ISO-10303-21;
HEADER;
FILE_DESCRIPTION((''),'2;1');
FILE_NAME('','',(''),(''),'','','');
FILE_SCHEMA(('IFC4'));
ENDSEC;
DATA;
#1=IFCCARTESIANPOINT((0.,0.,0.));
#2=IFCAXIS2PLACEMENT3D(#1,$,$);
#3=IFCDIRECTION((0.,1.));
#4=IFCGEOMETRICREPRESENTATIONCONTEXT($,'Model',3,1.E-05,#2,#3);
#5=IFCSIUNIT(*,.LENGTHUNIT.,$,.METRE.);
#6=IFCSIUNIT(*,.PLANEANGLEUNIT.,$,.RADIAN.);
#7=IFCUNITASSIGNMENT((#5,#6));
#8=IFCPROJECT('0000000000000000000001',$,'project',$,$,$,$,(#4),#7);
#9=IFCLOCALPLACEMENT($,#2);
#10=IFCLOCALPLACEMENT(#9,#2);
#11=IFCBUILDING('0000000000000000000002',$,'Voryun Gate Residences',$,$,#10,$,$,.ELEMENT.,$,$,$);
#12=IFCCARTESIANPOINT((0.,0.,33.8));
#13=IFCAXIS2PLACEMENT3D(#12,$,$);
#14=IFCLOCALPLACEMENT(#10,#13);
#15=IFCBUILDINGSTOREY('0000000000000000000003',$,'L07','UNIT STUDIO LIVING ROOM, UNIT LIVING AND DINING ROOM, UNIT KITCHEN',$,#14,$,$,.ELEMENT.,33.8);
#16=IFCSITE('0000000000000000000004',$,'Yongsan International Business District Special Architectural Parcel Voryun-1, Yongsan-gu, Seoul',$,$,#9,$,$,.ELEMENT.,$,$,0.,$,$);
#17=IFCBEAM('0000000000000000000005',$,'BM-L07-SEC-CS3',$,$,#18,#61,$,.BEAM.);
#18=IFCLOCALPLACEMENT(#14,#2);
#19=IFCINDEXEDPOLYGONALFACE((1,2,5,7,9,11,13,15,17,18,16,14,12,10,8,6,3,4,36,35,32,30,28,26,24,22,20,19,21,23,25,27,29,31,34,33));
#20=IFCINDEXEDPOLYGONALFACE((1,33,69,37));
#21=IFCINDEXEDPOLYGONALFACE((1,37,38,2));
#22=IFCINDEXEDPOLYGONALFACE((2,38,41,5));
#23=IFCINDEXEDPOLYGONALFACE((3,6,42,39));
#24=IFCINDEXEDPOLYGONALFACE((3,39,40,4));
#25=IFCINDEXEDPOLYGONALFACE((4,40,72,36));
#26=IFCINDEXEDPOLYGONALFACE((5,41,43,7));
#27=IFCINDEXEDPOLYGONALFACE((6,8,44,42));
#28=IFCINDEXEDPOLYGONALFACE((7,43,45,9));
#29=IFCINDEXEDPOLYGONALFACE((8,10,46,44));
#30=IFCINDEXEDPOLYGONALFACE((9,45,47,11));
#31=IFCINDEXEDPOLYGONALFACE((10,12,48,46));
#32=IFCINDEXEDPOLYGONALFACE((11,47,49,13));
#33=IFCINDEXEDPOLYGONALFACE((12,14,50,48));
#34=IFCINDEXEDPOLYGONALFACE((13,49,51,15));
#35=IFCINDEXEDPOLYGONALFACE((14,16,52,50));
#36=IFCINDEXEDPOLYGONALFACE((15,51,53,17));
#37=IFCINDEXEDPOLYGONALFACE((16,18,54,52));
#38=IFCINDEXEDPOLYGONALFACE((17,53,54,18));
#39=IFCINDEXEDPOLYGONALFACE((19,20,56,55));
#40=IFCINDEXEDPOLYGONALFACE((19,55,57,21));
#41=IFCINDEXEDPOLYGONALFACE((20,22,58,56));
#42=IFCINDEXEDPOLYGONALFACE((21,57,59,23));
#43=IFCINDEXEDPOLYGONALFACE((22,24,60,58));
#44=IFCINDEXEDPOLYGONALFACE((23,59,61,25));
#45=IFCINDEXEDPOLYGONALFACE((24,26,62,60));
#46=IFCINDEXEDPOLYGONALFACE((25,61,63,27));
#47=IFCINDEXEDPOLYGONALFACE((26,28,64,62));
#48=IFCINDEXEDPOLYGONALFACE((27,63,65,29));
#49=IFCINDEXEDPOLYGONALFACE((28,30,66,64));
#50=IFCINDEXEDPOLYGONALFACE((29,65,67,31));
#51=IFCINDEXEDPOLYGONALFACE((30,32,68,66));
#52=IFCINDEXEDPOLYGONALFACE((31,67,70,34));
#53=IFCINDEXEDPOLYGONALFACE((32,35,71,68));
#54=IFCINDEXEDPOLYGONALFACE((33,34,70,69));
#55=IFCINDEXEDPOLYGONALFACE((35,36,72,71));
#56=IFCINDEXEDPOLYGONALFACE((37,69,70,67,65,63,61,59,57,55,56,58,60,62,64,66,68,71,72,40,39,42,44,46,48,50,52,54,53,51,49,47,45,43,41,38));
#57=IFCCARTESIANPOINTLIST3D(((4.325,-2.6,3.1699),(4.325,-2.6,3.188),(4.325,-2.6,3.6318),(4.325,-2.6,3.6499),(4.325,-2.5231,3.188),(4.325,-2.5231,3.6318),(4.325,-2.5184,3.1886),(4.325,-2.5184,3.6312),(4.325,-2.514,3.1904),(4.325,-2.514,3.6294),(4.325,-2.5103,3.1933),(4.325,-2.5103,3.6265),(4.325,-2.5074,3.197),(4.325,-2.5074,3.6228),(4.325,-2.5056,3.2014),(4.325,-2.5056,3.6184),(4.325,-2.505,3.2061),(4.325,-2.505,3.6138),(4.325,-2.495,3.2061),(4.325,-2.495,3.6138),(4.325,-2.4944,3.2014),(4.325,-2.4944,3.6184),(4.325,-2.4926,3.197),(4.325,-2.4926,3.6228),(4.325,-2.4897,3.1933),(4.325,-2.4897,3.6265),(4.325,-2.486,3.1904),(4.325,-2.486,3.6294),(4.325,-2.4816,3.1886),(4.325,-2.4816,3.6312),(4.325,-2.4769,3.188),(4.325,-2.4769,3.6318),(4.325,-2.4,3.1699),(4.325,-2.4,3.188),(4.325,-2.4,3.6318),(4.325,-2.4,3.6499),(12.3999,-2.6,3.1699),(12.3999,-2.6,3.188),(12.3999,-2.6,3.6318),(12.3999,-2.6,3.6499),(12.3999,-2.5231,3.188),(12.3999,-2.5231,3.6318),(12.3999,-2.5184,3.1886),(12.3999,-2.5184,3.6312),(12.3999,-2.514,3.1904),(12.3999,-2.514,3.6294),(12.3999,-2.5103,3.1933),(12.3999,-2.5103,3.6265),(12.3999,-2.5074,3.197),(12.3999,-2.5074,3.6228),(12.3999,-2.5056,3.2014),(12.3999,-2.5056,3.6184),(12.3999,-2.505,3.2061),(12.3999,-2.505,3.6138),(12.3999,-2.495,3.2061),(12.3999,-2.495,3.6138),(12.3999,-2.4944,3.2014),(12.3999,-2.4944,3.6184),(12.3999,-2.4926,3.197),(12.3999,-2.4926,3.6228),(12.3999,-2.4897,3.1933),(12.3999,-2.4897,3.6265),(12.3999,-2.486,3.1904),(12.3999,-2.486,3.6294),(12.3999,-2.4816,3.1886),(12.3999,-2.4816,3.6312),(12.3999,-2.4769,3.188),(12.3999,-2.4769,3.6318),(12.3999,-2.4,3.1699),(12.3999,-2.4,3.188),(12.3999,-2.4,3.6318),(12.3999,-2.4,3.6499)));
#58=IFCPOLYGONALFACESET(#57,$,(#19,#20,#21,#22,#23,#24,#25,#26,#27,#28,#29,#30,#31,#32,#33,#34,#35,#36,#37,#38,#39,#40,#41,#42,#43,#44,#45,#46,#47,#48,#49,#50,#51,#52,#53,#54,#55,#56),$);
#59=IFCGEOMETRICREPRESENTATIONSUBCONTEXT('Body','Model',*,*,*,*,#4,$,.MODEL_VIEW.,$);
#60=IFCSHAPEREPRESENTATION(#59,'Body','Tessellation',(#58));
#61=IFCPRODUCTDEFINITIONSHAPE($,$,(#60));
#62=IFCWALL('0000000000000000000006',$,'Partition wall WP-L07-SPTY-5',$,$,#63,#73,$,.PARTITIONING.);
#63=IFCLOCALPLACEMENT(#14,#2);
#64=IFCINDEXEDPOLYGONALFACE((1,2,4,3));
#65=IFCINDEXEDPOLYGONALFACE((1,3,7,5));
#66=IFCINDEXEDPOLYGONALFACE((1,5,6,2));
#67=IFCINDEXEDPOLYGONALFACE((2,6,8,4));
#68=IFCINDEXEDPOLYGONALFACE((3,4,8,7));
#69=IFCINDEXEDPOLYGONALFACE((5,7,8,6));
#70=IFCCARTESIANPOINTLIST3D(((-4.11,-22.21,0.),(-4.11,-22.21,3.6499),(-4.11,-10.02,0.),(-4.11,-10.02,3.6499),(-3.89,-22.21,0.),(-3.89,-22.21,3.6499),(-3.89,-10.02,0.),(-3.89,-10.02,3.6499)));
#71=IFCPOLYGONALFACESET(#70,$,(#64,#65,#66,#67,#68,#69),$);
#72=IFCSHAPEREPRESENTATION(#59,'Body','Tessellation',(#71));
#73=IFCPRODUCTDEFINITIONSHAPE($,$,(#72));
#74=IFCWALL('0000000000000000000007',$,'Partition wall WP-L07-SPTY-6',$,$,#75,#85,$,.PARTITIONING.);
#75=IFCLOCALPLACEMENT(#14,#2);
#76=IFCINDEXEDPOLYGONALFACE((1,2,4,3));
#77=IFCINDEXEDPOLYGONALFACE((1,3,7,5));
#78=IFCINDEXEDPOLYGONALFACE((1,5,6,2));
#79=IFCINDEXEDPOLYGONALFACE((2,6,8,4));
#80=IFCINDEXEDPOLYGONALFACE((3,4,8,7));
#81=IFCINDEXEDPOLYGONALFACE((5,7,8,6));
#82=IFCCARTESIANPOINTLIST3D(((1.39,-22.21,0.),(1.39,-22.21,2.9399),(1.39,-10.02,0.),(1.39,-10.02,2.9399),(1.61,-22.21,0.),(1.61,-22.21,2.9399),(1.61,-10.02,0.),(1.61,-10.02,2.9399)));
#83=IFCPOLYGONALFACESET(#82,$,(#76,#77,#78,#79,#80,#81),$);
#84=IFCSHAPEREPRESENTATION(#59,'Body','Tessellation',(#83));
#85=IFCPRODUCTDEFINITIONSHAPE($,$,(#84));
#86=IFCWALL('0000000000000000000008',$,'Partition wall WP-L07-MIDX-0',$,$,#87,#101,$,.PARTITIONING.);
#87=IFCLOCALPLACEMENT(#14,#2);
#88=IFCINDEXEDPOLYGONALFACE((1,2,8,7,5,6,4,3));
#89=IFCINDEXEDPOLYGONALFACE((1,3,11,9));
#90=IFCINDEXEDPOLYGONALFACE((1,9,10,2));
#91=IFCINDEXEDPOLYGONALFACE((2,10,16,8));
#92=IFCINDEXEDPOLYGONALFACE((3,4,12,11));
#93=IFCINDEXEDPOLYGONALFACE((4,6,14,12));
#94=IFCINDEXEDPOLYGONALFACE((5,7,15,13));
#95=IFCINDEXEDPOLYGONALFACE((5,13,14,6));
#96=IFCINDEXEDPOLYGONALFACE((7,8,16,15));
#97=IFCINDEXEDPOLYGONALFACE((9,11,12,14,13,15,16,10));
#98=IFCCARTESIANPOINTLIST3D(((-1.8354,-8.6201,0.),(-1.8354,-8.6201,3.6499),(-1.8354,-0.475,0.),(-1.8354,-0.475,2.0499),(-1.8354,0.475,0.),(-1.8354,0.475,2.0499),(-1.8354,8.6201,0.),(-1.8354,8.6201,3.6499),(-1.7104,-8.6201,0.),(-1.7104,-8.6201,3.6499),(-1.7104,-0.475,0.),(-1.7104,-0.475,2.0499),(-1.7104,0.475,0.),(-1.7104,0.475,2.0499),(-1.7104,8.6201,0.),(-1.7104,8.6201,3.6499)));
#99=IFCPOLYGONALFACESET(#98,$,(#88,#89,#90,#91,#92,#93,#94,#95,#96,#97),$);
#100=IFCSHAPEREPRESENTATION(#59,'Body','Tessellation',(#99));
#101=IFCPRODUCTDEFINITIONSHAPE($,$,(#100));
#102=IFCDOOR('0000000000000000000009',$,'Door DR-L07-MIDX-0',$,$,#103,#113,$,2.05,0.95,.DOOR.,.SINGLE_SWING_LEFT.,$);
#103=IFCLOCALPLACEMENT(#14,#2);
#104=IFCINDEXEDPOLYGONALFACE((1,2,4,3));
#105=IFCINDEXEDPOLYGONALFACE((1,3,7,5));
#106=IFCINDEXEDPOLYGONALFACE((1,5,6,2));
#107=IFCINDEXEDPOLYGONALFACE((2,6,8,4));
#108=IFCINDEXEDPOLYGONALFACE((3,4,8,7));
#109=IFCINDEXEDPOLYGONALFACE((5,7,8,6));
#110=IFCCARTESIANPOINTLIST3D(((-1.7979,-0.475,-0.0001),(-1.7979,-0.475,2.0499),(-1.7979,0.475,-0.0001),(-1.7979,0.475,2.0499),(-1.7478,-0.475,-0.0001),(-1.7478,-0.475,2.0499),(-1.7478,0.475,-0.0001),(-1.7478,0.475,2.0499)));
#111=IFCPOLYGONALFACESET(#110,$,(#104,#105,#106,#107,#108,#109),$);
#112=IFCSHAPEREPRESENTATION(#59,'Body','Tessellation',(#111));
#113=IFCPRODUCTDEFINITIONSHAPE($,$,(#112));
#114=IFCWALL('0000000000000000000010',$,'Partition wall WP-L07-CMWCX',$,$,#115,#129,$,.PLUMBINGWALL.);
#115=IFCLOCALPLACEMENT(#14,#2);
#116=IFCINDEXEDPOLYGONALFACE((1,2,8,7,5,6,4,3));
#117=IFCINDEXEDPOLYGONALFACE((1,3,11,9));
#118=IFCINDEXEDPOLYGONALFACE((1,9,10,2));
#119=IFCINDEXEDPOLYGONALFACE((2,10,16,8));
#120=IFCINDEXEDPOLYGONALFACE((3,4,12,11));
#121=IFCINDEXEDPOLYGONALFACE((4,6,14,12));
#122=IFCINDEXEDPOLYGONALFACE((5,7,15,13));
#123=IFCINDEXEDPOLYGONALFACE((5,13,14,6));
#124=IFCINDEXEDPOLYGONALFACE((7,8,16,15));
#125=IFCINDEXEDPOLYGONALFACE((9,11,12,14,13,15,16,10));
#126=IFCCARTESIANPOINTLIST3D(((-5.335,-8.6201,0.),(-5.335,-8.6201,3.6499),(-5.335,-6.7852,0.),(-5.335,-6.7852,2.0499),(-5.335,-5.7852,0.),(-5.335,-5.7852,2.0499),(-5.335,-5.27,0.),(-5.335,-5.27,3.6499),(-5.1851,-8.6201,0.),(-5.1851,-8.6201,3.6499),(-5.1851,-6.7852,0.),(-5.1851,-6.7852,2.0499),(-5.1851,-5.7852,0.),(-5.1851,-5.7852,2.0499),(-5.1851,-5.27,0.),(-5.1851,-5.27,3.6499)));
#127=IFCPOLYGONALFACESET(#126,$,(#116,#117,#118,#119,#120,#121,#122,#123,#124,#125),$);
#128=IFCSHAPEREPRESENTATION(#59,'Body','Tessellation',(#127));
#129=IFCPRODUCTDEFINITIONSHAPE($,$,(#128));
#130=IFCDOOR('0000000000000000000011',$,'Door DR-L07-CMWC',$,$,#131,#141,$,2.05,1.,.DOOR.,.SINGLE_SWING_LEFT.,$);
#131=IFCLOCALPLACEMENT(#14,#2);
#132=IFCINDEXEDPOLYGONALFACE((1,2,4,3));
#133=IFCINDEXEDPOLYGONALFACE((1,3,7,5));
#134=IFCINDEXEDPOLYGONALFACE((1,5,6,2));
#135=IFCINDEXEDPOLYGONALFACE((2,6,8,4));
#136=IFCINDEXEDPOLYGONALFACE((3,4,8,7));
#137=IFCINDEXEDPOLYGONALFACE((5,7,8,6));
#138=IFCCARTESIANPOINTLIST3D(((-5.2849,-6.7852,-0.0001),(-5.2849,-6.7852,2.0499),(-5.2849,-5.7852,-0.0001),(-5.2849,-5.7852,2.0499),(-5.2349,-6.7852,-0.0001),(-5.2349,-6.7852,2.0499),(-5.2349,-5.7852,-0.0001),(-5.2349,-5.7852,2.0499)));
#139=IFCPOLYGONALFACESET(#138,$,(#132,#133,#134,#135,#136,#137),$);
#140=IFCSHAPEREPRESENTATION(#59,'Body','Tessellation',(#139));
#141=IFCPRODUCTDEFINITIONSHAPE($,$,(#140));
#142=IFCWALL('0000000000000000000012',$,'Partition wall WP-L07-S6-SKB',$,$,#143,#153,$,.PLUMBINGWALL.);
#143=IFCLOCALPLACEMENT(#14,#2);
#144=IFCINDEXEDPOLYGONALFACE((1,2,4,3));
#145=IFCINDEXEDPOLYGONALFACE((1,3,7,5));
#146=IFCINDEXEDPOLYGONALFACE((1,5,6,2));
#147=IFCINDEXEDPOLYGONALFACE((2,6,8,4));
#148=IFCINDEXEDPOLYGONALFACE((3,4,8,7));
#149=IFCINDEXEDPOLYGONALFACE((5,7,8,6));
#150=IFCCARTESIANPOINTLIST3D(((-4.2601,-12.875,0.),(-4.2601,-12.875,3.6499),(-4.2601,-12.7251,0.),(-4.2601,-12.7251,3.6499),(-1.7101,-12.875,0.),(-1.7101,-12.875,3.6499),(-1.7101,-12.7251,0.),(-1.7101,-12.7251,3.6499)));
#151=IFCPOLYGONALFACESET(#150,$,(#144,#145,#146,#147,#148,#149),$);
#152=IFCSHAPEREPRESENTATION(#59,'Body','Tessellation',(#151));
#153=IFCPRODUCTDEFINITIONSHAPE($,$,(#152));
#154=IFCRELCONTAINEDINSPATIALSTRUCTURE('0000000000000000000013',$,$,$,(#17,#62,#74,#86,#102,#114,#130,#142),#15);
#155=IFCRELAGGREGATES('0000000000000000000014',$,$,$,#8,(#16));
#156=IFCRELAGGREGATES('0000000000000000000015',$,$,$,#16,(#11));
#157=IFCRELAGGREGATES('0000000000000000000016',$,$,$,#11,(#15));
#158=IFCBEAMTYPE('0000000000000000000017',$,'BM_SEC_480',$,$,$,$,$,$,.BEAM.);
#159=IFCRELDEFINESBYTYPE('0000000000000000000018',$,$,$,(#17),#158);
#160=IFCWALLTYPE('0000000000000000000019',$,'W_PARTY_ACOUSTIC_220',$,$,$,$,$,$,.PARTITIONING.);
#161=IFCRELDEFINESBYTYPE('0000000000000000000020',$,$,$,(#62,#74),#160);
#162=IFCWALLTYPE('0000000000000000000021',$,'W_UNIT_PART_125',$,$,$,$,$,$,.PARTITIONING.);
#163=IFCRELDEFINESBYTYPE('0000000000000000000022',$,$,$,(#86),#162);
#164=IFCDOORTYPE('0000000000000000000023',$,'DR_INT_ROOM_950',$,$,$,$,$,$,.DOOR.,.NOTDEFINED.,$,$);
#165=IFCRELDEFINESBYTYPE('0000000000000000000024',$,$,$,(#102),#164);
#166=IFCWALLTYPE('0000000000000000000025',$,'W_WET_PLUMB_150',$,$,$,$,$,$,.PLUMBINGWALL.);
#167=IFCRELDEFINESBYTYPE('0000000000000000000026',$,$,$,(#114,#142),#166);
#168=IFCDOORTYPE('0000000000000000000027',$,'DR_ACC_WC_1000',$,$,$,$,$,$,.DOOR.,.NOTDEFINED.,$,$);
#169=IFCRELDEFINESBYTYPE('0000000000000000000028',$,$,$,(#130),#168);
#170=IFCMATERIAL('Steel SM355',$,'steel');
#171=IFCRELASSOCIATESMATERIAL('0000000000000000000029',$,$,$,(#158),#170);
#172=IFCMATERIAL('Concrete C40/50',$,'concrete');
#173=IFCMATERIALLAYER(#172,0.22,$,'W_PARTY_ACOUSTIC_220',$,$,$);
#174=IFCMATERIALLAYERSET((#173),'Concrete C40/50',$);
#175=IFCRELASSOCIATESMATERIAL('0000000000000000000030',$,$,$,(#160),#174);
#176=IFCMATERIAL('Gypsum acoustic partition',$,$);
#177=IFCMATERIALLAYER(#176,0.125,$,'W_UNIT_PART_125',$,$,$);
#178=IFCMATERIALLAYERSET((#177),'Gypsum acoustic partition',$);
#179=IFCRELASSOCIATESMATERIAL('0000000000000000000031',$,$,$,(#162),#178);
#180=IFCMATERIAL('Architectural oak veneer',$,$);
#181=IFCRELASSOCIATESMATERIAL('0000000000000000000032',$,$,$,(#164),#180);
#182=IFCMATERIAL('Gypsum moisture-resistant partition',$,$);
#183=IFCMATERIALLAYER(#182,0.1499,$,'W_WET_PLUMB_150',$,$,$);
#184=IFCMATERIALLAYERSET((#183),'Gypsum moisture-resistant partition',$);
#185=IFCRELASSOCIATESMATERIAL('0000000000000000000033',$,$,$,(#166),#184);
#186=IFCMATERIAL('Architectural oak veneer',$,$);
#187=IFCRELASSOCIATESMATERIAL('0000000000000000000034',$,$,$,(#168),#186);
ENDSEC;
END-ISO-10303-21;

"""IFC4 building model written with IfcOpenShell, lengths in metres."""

from ifc_helpers import new_model, si_unit, direction, frame, frame_2d, origin, origin_2d, place, context, subcontext, project, spatial, rectangle, i_section, extrude, material, layer, layer_set, material_profile, profile_set, type_object, element, fill, save


model = new_model("IFC4")

# Units and contexts
model_context = context("Model", 3, precision=1e-05, world=origin(), true_north=direction((0.0, 1.0)))
body_context = subcontext(model_context, "Body", "Model", "MODEL_VIEW")
ifc_project = project(units=[si_unit("LENGTHUNIT", "METRE"), si_unit("PLANEANGLEUNIT", "RADIAN")], contexts=[model_context])

# Site, building, storey
site_placement = place(None, origin())
site = spatial("IfcSite", under=ifc_project, at=site_placement, Name="Yongsan International Business District Special Architectural Parcel Voryun-1, Yongsan-gu, Seoul", CompositionType="ELEMENT", RefElevation=0.0)
building_placement = place(site_placement, origin())
building = spatial("IfcBuilding", under=site, at=building_placement, Name="Voryun Gate Residences", CompositionType="ELEMENT")
storey_placement = place(building_placement, frame((0.0, 0.0, 33.8)))
storey = spatial("IfcBuildingStorey", under=building, at=storey_placement, Name="L07", Description="UNIT STUDIO LIVING ROOM, UNIT LIVING AND DINING ROOM, UNIT KITCHEN", CompositionType="ELEMENT", Elevation=33.8)

# Beam
ifc_material_1 = material(Name="Steel SM355", Category="steel")
ifc_material_profile_1 = material_profile(ifc_material_1, i_section(OverallWidth=0.2, OverallDepth=0.48, WebThickness=0.01, FlangeThickness=0.0181, FilletRadius=0.0181, at=origin_2d()), Name="H-480x200x10x18")
ifc_profile_set_1 = profile_set([ifc_material_profile_1], Name="Steel SM355")
beam_type_1 = type_object("IfcBeamType", Name="BM_SEC_480", PredefinedType="BEAM", material=ifc_profile_set_1)
beam_1_placement = place(storey_placement, frame((4.325, -2.5, 3.4099), z_axis=(1.0, 0.0, 0.0), x_axis=(0.0, 1.0, 0.0)))
element("IfcBeam", 1, at=beam_1_placement, inside=storey, type_object=beam_type_1, Name="BM-L07-SEC-CS3", PredefinedType="BEAM", context=body_context, shape_type="SweptSolid", body=[
    extrude(i_section(OverallWidth=0.2, OverallDepth=0.48, WebThickness=0.01, FlangeThickness=0.0181, FilletRadius=0.0181, at=origin_2d()), origin(), (0.0, 0.0, 1.0), 8.075),
])

# Walls
ifc_material_2 = material(Name="Concrete C40/50", Category="concrete")
ifc_layer_1 = layer(ifc_material_2, 0.22, Name="W_PARTY_ACOUSTIC_220")
ifc_layer_set_1 = layer_set([ifc_layer_1], Name="Concrete C40/50")
wall_type_1 = type_object("IfcWallType", Name="W_PARTY_ACOUSTIC_220", PredefinedType="PARTITIONING", material=ifc_layer_set_1)
wall_1_placement = place(storey_placement, frame((-4.0, -22.21, 0.0), z_axis=(0.0, 0.0, 1.0), x_axis=(0.0, 1.0, 0.0)))
element("IfcWall", 2, at=wall_1_placement, inside=storey, type_object=wall_type_1, Name="Partition wall WP-L07-SPTY-5", PredefinedType="PARTITIONING", context=body_context, shape_type="SweptSolid", body=[
    extrude(rectangle(XDim=12.1899, YDim=0.22, at=frame_2d((6.095, 0.0))), origin(), (0.0, 0.0, 1.0), 3.6499),
])
wall_2_placement = place(storey_placement, frame((1.5, -22.21, 0.0), z_axis=(0.0, 0.0, 1.0), x_axis=(0.0, 1.0, 0.0)))
element("IfcWall", 3, at=wall_2_placement, inside=storey, type_object=wall_type_1, Name="Partition wall WP-L07-SPTY-6", PredefinedType="PARTITIONING", context=body_context, shape_type="SweptSolid", body=[
    extrude(rectangle(XDim=12.1899, YDim=0.22, at=frame_2d((6.095, 0.0))), origin(), (0.0, 0.0, 1.0), 2.9399),
])

# Walls, openings, doors
ifc_material_3 = material(Name="Gypsum acoustic partition")
ifc_layer_2 = layer(ifc_material_3, 0.125, Name="W_UNIT_PART_125")
ifc_layer_set_2 = layer_set([ifc_layer_2], Name="Gypsum acoustic partition")
wall_type_2 = type_object("IfcWallType", Name="W_UNIT_PART_125", PredefinedType="PARTITIONING", material=ifc_layer_set_2)
wall_3_placement = place(storey_placement, frame((-1.7729, -8.6201, 0.0), z_axis=(0.0, 0.0, 1.0), x_axis=(0.0, 1.0, 0.0)))
wall_3 = element("IfcWall", 4, at=wall_3_placement, inside=storey, type_object=wall_type_2, Name="Partition wall WP-L07-MIDX-0", PredefinedType="PARTITIONING", context=body_context, shape_type="SweptSolid", body=[
    extrude(rectangle(XDim=17.2402, YDim=0.125, at=frame_2d((8.6201, 0.0))), origin(), (0.0, 0.0, 1.0), 3.6499),
])
opening_1_placement = place(wall_3_placement, frame((8.145, 0.0, 0.0)))
opening_1 = element("IfcOpeningElement", 5, at=opening_1_placement, cuts=wall_3, PredefinedType="OPENING", context=body_context, shape_type="SweptSolid", body=[
    extrude(rectangle(XDim=0.95, YDim=2.05, at=frame_2d((0.4751, 1.0249))), frame((0.0, 0.0725, 0.0), z_axis=(0.0, -1.0, 0.0), x_axis=(1.0, 0.0, 0.0)), (0.0, 0.0, 1.0), 0.145),
])
ifc_material_4 = material(Name="Architectural oak veneer")
door_type_1 = type_object("IfcDoorType", Name="DR_INT_ROOM_950", OperationType="NOTDEFINED", PredefinedType="DOOR", material=ifc_material_4)
door_1_placement = place(opening_1_placement, origin())
door_1 = element("IfcDoor", 6, at=door_1_placement, inside=storey, type_object=door_type_1, Name="Door DR-L07-MIDX-0", OperationType="SINGLE_SWING_LEFT", OverallHeight=2.05, OverallWidth=0.95, PredefinedType="DOOR", context=body_context, shape_type="SweptSolid", body=[
    extrude(rectangle(XDim=0.95, YDim=2.05, at=frame_2d((0.4751, 1.0249))), frame((0.0, 0.0249, 0.0), z_axis=(0.0, -1.0, 0.0), x_axis=(1.0, 0.0, 0.0)), (0.0, 0.0, 1.0), 0.05),
])
fill(opening_1, door_1)
ifc_material_5 = material(Name="Gypsum moisture-resistant partition")
ifc_layer_3 = layer(ifc_material_5, 0.1499, Name="W_WET_PLUMB_150")
ifc_layer_set_3 = layer_set([ifc_layer_3], Name="Gypsum moisture-resistant partition")
wall_type_3 = type_object("IfcWallType", Name="W_WET_PLUMB_150", PredefinedType="PLUMBINGWALL", material=ifc_layer_set_3)
wall_4_placement = place(storey_placement, frame((-5.26, -8.6201, 0.0), z_axis=(0.0, 0.0, 1.0), x_axis=(0.0, 1.0, 0.0)))
wall_4 = element("IfcWall", 7, at=wall_4_placement, inside=storey, type_object=wall_type_3, Name="Partition wall WP-L07-CMWCX", PredefinedType="PLUMBINGWALL", context=body_context, shape_type="SweptSolid", body=[
    extrude(rectangle(XDim=3.3501, YDim=0.1499, at=frame_2d((1.675, 0.0))), origin(), (0.0, 0.0, 1.0), 3.6499),
])
opening_2_placement = place(wall_4_placement, frame((1.835, 0.0, 0.0)))
opening_2 = element("IfcOpeningElement", 8, at=opening_2_placement, cuts=wall_4, PredefinedType="OPENING", context=body_context, shape_type="SweptSolid", body=[
    extrude(rectangle(XDim=1.0, YDim=2.05, at=frame_2d((0.5, 1.0249))), frame((0.0, 0.085, 0.0), z_axis=(0.0, -1.0, 0.0), x_axis=(1.0, 0.0, 0.0)), (0.0, 0.0, 1.0), 0.1699),
])
ifc_material_6 = material(Name="Architectural oak veneer")
door_type_2 = type_object("IfcDoorType", Name="DR_ACC_WC_1000", OperationType="NOTDEFINED", PredefinedType="DOOR", material=ifc_material_6)
door_2_placement = place(opening_2_placement, origin())
door_2 = element("IfcDoor", 9, at=door_2_placement, inside=storey, type_object=door_type_2, Name="Door DR-L07-CMWC", OperationType="SINGLE_SWING_LEFT", OverallHeight=2.05, OverallWidth=1.0, PredefinedType="DOOR", context=body_context, shape_type="SweptSolid", body=[
    extrude(rectangle(XDim=1.0, YDim=2.05, at=frame_2d((0.5, 1.0249))), frame((0.0, 0.0249, 0.0), z_axis=(0.0, -1.0, 0.0), x_axis=(1.0, 0.0, 0.0)), (0.0, 0.0, 1.0), 0.05),
])
fill(opening_2, door_2)

# Wall
wall_5_placement = place(storey_placement, frame((-4.26, -12.8, 0.0), z_axis=(0.0, 0.0, 1.0), x_axis=(1.0, 0.0, 0.0)))
element("IfcWall", 10, at=wall_5_placement, inside=storey, type_object=wall_type_3, Name="Partition wall WP-L07-S6-SKB", PredefinedType="PLUMBINGWALL", context=body_context, shape_type="SweptSolid", body=[
    extrude(rectangle(XDim=2.55, YDim=0.1499, at=frame_2d((1.2749, 0.0))), origin(), (0.0, 0.0, 1.0), 3.6499),
])

save(model, "model.ifc")
